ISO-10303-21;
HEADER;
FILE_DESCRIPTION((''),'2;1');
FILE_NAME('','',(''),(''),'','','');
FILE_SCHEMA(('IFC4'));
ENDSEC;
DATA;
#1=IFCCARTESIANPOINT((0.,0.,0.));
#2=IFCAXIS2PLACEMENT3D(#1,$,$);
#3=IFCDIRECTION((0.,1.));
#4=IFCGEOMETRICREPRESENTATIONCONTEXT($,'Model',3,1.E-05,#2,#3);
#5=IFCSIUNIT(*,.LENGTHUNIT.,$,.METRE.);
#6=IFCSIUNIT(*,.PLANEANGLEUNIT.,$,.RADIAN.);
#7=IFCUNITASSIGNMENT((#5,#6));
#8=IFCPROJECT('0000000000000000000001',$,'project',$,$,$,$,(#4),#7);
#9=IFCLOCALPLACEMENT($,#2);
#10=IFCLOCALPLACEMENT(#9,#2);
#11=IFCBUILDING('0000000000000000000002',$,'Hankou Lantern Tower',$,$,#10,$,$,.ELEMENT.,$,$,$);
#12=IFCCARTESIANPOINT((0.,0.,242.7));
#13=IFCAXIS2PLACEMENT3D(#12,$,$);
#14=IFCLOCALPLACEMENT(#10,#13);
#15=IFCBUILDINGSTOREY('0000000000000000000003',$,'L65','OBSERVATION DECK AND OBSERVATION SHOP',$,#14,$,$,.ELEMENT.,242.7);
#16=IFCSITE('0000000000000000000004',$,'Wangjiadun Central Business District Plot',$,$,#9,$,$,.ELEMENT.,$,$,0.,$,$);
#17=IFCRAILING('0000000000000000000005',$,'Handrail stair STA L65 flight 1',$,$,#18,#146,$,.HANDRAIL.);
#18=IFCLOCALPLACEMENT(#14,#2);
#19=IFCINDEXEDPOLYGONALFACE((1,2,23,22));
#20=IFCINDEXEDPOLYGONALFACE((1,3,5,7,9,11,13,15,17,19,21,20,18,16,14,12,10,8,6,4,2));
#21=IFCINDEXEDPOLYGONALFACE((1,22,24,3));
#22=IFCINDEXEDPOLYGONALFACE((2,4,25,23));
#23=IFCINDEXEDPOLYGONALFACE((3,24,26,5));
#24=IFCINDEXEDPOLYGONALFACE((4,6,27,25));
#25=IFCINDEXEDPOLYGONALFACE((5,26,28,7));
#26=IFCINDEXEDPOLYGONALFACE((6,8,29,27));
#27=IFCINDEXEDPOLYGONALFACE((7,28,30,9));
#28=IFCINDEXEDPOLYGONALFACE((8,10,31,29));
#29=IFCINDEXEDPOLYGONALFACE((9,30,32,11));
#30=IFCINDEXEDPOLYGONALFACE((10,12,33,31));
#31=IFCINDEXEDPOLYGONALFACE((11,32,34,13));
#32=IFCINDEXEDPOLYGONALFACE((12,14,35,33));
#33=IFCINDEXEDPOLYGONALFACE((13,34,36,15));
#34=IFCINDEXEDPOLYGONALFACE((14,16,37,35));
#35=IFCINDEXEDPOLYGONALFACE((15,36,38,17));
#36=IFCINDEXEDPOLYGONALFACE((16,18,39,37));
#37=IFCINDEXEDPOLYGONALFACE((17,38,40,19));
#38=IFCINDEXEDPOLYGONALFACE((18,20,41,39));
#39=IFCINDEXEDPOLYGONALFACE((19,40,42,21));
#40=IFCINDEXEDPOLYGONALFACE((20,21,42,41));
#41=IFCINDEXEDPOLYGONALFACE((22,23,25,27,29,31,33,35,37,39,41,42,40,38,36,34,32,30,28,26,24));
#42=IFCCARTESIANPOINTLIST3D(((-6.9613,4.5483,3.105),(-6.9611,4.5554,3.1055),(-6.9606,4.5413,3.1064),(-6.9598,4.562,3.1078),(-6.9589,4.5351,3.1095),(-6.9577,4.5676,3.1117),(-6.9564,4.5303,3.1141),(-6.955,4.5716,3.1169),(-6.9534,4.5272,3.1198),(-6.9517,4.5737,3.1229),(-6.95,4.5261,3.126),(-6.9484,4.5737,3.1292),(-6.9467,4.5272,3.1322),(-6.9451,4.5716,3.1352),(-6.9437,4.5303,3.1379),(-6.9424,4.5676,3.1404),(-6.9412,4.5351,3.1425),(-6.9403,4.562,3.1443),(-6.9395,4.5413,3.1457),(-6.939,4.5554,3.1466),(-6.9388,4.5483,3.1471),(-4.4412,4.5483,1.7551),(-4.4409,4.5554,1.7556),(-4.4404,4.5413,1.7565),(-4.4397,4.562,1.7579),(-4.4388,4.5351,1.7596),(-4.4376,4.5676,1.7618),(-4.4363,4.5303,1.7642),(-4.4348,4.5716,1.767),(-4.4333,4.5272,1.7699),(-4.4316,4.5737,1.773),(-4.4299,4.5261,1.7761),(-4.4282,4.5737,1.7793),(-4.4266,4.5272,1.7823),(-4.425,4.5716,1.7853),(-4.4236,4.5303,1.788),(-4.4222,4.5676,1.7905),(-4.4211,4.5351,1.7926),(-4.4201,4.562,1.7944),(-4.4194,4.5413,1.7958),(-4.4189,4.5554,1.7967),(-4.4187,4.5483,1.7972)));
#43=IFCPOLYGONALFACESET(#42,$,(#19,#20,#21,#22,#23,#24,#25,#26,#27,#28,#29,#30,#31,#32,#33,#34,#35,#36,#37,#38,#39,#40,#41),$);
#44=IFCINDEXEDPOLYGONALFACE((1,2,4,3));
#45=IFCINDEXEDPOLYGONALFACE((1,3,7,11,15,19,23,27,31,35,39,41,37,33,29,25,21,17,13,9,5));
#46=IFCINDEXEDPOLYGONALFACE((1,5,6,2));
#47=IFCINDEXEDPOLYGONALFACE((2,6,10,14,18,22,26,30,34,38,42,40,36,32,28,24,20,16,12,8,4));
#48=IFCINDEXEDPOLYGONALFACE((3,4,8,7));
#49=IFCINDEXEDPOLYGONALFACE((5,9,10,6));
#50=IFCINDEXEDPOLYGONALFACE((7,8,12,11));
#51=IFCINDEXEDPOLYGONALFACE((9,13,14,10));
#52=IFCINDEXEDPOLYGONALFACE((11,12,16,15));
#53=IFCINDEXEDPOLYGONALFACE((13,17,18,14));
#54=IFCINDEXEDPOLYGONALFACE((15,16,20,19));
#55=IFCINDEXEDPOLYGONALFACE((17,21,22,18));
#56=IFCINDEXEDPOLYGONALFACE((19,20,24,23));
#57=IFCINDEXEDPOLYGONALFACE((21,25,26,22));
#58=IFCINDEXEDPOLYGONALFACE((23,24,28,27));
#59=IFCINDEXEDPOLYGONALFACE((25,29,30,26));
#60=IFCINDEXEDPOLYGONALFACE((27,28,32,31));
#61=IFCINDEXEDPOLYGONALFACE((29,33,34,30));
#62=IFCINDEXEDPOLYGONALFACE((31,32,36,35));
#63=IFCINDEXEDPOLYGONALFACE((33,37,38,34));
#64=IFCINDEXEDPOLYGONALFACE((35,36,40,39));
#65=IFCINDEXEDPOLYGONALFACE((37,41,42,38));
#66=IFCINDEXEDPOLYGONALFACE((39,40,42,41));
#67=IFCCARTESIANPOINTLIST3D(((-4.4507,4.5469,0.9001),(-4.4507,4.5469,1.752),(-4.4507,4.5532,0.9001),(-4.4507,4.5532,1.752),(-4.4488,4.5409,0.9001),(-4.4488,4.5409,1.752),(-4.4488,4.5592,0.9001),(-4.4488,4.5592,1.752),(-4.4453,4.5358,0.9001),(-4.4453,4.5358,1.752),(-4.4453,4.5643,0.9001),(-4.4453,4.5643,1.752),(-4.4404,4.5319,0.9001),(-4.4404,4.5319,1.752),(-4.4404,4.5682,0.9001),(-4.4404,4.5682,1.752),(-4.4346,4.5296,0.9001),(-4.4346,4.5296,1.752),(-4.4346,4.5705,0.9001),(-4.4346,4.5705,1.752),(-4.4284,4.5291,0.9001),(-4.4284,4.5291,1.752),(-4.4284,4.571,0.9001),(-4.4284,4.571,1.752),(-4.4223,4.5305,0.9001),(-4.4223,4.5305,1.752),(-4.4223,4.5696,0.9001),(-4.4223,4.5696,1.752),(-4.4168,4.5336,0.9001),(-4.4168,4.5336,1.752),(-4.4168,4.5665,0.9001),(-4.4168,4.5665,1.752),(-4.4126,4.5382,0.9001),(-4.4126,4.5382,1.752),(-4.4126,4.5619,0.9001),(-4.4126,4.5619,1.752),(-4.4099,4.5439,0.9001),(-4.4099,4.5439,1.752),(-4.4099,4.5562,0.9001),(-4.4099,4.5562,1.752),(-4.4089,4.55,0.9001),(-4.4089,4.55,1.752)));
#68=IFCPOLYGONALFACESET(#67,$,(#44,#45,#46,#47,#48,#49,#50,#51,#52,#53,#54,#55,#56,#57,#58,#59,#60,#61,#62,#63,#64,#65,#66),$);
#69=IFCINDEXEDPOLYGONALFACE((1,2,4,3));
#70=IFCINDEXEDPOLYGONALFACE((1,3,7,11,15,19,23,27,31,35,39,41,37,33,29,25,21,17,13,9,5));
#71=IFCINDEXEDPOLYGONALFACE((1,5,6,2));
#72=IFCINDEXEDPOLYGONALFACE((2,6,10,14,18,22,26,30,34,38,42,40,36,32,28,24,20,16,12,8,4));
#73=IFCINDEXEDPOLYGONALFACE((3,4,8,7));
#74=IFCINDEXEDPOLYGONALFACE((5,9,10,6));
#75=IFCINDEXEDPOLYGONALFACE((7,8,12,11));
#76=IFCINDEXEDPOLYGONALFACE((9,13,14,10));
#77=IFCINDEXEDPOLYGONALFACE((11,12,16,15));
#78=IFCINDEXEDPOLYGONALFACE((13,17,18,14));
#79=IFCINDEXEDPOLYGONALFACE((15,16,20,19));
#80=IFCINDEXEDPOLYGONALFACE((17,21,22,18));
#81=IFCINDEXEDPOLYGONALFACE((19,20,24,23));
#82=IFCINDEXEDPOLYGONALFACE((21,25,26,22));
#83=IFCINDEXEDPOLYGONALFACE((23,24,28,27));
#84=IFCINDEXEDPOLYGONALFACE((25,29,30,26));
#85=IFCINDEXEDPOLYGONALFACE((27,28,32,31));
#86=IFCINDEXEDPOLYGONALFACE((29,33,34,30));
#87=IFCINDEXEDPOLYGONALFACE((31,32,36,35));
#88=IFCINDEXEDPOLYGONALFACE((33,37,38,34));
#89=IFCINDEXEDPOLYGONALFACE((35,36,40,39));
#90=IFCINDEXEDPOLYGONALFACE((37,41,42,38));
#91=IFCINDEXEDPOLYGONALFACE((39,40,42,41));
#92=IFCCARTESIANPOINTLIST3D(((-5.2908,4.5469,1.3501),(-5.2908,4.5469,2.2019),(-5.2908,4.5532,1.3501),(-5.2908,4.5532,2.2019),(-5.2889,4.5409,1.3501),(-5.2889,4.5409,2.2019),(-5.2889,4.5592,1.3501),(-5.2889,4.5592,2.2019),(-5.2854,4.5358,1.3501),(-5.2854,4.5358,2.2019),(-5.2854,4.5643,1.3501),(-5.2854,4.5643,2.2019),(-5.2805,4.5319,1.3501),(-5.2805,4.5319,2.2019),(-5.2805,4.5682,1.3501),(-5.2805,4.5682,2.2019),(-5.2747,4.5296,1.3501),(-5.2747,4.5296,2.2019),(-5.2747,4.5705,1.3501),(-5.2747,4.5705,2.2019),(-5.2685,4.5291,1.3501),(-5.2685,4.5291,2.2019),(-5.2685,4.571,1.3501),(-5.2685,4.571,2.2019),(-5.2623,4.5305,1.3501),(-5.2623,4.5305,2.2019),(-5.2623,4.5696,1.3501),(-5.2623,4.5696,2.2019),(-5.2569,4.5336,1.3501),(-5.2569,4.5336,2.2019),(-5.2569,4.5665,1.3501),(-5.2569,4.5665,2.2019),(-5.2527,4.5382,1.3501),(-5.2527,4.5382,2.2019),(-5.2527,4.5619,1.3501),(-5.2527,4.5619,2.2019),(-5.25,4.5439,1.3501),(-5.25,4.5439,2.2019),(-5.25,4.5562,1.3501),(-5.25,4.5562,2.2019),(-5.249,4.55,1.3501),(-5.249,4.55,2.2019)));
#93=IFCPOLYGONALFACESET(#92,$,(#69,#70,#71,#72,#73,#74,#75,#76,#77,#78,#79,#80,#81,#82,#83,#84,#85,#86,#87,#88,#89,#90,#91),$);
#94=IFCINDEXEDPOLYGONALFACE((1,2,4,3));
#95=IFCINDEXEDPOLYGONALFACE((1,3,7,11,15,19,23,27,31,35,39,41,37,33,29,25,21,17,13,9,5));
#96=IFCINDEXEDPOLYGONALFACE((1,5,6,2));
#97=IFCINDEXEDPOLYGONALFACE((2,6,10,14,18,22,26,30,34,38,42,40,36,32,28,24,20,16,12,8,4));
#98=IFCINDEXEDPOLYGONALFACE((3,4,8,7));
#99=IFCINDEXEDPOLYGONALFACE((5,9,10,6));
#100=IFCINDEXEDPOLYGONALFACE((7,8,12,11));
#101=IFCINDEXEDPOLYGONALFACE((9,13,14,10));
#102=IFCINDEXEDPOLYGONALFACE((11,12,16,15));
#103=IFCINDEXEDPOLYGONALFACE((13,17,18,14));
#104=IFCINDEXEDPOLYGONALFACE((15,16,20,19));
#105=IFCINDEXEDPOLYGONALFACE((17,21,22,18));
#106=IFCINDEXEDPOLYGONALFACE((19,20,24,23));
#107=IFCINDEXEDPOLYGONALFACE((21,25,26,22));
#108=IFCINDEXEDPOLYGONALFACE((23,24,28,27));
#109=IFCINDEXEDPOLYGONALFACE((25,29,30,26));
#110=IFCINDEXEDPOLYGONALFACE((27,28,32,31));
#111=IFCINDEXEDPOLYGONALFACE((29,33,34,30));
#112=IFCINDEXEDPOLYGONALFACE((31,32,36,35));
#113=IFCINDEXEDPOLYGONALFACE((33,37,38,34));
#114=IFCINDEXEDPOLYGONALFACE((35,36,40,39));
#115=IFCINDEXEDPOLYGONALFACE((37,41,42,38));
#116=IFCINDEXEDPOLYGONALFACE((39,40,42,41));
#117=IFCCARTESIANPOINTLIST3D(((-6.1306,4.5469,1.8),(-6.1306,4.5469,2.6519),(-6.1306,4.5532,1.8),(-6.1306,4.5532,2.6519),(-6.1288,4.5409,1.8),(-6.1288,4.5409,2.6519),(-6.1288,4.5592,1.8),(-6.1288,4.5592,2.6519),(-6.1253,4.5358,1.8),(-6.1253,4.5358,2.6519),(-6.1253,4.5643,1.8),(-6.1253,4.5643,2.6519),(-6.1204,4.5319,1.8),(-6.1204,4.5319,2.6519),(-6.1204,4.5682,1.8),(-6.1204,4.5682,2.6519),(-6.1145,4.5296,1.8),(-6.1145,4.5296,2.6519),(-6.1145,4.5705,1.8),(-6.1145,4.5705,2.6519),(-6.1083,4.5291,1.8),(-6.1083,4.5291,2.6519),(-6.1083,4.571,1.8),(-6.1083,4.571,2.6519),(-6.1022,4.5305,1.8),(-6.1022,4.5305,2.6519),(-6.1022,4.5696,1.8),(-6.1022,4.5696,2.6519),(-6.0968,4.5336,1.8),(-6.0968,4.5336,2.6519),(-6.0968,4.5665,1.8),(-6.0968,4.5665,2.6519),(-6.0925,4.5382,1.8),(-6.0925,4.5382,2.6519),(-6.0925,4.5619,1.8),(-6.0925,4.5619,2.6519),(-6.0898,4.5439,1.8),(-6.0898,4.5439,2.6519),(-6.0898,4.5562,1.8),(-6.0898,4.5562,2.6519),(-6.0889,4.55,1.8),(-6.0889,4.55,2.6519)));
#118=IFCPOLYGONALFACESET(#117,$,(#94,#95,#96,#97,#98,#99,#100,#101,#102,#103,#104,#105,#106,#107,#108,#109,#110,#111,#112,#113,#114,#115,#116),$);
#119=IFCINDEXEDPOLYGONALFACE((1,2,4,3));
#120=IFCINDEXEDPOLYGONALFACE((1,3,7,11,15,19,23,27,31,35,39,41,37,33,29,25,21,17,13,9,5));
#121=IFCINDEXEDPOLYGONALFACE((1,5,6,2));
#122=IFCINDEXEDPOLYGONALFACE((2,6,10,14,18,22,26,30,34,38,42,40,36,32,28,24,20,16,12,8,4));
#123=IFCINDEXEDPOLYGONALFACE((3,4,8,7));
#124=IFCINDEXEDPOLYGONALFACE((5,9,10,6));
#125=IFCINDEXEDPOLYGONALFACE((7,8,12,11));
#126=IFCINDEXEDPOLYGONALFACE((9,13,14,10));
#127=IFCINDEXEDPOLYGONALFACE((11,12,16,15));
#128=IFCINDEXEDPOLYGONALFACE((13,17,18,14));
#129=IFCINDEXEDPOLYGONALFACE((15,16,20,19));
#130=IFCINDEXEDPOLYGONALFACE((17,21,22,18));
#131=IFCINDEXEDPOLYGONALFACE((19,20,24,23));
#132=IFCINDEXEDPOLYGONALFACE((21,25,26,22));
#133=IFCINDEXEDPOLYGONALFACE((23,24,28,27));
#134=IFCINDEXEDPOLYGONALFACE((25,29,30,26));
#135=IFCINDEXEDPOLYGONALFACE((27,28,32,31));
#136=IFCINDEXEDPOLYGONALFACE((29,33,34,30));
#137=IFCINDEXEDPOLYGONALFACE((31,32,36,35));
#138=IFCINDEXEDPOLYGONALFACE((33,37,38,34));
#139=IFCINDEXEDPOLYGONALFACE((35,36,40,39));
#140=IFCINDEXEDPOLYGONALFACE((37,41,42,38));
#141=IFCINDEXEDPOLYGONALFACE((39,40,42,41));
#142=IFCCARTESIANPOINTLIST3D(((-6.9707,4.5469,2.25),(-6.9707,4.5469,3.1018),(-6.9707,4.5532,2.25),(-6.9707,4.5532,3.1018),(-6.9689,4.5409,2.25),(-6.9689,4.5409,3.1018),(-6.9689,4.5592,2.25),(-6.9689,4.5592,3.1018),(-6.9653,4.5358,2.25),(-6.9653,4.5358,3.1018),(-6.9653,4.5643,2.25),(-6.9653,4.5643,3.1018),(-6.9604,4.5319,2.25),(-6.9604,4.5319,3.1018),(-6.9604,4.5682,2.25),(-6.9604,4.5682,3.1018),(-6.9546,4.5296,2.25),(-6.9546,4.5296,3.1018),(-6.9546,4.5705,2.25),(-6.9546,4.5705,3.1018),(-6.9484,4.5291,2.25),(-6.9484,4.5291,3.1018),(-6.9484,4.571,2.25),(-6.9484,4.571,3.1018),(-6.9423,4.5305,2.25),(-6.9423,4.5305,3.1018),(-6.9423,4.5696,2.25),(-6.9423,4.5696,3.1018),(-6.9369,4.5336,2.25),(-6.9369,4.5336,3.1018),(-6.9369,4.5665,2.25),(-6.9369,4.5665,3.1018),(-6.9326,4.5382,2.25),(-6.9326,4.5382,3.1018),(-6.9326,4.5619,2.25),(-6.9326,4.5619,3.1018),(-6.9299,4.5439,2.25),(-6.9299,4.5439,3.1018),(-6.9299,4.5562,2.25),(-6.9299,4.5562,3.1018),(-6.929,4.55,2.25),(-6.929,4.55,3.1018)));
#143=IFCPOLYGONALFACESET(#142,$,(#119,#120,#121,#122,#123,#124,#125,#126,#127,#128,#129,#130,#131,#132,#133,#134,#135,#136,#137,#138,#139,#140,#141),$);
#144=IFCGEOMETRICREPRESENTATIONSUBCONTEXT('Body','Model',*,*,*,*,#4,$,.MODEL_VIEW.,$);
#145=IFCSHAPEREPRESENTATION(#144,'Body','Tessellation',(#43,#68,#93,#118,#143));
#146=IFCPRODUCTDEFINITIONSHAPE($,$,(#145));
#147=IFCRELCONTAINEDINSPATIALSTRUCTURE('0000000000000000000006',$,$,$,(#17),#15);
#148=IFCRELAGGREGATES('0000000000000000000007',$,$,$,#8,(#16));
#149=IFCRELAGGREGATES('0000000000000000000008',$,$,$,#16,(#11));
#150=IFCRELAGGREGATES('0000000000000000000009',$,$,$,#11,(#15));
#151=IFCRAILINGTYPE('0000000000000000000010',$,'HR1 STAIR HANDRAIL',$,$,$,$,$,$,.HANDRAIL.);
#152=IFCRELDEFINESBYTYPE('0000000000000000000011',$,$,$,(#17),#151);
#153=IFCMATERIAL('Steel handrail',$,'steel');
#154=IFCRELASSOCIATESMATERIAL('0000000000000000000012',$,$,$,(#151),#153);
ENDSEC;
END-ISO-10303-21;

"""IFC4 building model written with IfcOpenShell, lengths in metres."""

from ifc_helpers import new_model, si_unit, direction, frame, origin, origin_2d, place, context, subcontext, project, spatial, circle, extrude, material, type_object, element, save


model = new_model("IFC4")

# Units and contexts
model_context = context("Model", 3, precision=1e-05, world=origin(), true_north=direction((0.0, 1.0)))
body_context = subcontext(model_context, "Body", "Model", "MODEL_VIEW")
ifc_project = project(units=[si_unit("LENGTHUNIT", "METRE"), si_unit("PLANEANGLEUNIT", "RADIAN")], contexts=[model_context])

# Site, building, storey
site_placement = place(None, origin())
site = spatial("IfcSite", under=ifc_project, at=site_placement, Name="Wangjiadun Central Business District Plot", CompositionType="ELEMENT", RefElevation=0.0)
building_placement = place(site_placement, origin())
building = spatial("IfcBuilding", under=site, at=building_placement, Name="Hankou Lantern Tower", CompositionType="ELEMENT")
storey_placement = place(building_placement, frame((0.0, 0.0, 242.7)))
storey = spatial("IfcBuildingStorey", under=building, at=storey_placement, Name="L65", Description="OBSERVATION DECK AND OBSERVATION SHOP", CompositionType="ELEMENT", Elevation=242.7)

# Railing
ifc_material_1 = material(Name="Steel handrail", Category="steel")
railing_type = type_object("IfcRailingType", Name="HR1 STAIR HANDRAIL", PredefinedType="HANDRAIL", material=ifc_material_1)
railing_1_placement = place(storey_placement, frame((-4.4299, 4.55, 0.9001)))
element("IfcRailing", 1, at=railing_1_placement, inside=storey, type_object=railing_type, Name="Handrail stair STA L65 flight 1", PredefinedType="HANDRAIL", context=body_context, shape_type="SweptSolid", body=[
    extrude(circle(Radius=0.0239, at=origin_2d()), frame((0.0, 0.0, 0.876), z_axis=(-0.881503, 0.0, 0.472179), x_axis=(0.0, -1.0, 0.0)), (0.0, 0.0, 1.0), 2.8589),
    extrude(circle(Radius=0.021, at=origin_2d()), origin(), (0.0, 0.0, 1.0), 0.8518),
    extrude(circle(Radius=0.021, at=origin_2d()), frame((-0.8401, 0.0, 0.45)), (0.0, 0.0, 1.0), 0.8518),
    extrude(circle(Radius=0.021, at=origin_2d()), frame((-1.6799, 0.0, 0.8999)), (0.0, 0.0, 1.0), 0.8518),
    extrude(circle(Radius=0.021, at=origin_2d()), frame((-2.52, 0.0, 1.3499)), (0.0, 0.0, 1.0), 0.8518),
])

save(model, "model.ifc")
